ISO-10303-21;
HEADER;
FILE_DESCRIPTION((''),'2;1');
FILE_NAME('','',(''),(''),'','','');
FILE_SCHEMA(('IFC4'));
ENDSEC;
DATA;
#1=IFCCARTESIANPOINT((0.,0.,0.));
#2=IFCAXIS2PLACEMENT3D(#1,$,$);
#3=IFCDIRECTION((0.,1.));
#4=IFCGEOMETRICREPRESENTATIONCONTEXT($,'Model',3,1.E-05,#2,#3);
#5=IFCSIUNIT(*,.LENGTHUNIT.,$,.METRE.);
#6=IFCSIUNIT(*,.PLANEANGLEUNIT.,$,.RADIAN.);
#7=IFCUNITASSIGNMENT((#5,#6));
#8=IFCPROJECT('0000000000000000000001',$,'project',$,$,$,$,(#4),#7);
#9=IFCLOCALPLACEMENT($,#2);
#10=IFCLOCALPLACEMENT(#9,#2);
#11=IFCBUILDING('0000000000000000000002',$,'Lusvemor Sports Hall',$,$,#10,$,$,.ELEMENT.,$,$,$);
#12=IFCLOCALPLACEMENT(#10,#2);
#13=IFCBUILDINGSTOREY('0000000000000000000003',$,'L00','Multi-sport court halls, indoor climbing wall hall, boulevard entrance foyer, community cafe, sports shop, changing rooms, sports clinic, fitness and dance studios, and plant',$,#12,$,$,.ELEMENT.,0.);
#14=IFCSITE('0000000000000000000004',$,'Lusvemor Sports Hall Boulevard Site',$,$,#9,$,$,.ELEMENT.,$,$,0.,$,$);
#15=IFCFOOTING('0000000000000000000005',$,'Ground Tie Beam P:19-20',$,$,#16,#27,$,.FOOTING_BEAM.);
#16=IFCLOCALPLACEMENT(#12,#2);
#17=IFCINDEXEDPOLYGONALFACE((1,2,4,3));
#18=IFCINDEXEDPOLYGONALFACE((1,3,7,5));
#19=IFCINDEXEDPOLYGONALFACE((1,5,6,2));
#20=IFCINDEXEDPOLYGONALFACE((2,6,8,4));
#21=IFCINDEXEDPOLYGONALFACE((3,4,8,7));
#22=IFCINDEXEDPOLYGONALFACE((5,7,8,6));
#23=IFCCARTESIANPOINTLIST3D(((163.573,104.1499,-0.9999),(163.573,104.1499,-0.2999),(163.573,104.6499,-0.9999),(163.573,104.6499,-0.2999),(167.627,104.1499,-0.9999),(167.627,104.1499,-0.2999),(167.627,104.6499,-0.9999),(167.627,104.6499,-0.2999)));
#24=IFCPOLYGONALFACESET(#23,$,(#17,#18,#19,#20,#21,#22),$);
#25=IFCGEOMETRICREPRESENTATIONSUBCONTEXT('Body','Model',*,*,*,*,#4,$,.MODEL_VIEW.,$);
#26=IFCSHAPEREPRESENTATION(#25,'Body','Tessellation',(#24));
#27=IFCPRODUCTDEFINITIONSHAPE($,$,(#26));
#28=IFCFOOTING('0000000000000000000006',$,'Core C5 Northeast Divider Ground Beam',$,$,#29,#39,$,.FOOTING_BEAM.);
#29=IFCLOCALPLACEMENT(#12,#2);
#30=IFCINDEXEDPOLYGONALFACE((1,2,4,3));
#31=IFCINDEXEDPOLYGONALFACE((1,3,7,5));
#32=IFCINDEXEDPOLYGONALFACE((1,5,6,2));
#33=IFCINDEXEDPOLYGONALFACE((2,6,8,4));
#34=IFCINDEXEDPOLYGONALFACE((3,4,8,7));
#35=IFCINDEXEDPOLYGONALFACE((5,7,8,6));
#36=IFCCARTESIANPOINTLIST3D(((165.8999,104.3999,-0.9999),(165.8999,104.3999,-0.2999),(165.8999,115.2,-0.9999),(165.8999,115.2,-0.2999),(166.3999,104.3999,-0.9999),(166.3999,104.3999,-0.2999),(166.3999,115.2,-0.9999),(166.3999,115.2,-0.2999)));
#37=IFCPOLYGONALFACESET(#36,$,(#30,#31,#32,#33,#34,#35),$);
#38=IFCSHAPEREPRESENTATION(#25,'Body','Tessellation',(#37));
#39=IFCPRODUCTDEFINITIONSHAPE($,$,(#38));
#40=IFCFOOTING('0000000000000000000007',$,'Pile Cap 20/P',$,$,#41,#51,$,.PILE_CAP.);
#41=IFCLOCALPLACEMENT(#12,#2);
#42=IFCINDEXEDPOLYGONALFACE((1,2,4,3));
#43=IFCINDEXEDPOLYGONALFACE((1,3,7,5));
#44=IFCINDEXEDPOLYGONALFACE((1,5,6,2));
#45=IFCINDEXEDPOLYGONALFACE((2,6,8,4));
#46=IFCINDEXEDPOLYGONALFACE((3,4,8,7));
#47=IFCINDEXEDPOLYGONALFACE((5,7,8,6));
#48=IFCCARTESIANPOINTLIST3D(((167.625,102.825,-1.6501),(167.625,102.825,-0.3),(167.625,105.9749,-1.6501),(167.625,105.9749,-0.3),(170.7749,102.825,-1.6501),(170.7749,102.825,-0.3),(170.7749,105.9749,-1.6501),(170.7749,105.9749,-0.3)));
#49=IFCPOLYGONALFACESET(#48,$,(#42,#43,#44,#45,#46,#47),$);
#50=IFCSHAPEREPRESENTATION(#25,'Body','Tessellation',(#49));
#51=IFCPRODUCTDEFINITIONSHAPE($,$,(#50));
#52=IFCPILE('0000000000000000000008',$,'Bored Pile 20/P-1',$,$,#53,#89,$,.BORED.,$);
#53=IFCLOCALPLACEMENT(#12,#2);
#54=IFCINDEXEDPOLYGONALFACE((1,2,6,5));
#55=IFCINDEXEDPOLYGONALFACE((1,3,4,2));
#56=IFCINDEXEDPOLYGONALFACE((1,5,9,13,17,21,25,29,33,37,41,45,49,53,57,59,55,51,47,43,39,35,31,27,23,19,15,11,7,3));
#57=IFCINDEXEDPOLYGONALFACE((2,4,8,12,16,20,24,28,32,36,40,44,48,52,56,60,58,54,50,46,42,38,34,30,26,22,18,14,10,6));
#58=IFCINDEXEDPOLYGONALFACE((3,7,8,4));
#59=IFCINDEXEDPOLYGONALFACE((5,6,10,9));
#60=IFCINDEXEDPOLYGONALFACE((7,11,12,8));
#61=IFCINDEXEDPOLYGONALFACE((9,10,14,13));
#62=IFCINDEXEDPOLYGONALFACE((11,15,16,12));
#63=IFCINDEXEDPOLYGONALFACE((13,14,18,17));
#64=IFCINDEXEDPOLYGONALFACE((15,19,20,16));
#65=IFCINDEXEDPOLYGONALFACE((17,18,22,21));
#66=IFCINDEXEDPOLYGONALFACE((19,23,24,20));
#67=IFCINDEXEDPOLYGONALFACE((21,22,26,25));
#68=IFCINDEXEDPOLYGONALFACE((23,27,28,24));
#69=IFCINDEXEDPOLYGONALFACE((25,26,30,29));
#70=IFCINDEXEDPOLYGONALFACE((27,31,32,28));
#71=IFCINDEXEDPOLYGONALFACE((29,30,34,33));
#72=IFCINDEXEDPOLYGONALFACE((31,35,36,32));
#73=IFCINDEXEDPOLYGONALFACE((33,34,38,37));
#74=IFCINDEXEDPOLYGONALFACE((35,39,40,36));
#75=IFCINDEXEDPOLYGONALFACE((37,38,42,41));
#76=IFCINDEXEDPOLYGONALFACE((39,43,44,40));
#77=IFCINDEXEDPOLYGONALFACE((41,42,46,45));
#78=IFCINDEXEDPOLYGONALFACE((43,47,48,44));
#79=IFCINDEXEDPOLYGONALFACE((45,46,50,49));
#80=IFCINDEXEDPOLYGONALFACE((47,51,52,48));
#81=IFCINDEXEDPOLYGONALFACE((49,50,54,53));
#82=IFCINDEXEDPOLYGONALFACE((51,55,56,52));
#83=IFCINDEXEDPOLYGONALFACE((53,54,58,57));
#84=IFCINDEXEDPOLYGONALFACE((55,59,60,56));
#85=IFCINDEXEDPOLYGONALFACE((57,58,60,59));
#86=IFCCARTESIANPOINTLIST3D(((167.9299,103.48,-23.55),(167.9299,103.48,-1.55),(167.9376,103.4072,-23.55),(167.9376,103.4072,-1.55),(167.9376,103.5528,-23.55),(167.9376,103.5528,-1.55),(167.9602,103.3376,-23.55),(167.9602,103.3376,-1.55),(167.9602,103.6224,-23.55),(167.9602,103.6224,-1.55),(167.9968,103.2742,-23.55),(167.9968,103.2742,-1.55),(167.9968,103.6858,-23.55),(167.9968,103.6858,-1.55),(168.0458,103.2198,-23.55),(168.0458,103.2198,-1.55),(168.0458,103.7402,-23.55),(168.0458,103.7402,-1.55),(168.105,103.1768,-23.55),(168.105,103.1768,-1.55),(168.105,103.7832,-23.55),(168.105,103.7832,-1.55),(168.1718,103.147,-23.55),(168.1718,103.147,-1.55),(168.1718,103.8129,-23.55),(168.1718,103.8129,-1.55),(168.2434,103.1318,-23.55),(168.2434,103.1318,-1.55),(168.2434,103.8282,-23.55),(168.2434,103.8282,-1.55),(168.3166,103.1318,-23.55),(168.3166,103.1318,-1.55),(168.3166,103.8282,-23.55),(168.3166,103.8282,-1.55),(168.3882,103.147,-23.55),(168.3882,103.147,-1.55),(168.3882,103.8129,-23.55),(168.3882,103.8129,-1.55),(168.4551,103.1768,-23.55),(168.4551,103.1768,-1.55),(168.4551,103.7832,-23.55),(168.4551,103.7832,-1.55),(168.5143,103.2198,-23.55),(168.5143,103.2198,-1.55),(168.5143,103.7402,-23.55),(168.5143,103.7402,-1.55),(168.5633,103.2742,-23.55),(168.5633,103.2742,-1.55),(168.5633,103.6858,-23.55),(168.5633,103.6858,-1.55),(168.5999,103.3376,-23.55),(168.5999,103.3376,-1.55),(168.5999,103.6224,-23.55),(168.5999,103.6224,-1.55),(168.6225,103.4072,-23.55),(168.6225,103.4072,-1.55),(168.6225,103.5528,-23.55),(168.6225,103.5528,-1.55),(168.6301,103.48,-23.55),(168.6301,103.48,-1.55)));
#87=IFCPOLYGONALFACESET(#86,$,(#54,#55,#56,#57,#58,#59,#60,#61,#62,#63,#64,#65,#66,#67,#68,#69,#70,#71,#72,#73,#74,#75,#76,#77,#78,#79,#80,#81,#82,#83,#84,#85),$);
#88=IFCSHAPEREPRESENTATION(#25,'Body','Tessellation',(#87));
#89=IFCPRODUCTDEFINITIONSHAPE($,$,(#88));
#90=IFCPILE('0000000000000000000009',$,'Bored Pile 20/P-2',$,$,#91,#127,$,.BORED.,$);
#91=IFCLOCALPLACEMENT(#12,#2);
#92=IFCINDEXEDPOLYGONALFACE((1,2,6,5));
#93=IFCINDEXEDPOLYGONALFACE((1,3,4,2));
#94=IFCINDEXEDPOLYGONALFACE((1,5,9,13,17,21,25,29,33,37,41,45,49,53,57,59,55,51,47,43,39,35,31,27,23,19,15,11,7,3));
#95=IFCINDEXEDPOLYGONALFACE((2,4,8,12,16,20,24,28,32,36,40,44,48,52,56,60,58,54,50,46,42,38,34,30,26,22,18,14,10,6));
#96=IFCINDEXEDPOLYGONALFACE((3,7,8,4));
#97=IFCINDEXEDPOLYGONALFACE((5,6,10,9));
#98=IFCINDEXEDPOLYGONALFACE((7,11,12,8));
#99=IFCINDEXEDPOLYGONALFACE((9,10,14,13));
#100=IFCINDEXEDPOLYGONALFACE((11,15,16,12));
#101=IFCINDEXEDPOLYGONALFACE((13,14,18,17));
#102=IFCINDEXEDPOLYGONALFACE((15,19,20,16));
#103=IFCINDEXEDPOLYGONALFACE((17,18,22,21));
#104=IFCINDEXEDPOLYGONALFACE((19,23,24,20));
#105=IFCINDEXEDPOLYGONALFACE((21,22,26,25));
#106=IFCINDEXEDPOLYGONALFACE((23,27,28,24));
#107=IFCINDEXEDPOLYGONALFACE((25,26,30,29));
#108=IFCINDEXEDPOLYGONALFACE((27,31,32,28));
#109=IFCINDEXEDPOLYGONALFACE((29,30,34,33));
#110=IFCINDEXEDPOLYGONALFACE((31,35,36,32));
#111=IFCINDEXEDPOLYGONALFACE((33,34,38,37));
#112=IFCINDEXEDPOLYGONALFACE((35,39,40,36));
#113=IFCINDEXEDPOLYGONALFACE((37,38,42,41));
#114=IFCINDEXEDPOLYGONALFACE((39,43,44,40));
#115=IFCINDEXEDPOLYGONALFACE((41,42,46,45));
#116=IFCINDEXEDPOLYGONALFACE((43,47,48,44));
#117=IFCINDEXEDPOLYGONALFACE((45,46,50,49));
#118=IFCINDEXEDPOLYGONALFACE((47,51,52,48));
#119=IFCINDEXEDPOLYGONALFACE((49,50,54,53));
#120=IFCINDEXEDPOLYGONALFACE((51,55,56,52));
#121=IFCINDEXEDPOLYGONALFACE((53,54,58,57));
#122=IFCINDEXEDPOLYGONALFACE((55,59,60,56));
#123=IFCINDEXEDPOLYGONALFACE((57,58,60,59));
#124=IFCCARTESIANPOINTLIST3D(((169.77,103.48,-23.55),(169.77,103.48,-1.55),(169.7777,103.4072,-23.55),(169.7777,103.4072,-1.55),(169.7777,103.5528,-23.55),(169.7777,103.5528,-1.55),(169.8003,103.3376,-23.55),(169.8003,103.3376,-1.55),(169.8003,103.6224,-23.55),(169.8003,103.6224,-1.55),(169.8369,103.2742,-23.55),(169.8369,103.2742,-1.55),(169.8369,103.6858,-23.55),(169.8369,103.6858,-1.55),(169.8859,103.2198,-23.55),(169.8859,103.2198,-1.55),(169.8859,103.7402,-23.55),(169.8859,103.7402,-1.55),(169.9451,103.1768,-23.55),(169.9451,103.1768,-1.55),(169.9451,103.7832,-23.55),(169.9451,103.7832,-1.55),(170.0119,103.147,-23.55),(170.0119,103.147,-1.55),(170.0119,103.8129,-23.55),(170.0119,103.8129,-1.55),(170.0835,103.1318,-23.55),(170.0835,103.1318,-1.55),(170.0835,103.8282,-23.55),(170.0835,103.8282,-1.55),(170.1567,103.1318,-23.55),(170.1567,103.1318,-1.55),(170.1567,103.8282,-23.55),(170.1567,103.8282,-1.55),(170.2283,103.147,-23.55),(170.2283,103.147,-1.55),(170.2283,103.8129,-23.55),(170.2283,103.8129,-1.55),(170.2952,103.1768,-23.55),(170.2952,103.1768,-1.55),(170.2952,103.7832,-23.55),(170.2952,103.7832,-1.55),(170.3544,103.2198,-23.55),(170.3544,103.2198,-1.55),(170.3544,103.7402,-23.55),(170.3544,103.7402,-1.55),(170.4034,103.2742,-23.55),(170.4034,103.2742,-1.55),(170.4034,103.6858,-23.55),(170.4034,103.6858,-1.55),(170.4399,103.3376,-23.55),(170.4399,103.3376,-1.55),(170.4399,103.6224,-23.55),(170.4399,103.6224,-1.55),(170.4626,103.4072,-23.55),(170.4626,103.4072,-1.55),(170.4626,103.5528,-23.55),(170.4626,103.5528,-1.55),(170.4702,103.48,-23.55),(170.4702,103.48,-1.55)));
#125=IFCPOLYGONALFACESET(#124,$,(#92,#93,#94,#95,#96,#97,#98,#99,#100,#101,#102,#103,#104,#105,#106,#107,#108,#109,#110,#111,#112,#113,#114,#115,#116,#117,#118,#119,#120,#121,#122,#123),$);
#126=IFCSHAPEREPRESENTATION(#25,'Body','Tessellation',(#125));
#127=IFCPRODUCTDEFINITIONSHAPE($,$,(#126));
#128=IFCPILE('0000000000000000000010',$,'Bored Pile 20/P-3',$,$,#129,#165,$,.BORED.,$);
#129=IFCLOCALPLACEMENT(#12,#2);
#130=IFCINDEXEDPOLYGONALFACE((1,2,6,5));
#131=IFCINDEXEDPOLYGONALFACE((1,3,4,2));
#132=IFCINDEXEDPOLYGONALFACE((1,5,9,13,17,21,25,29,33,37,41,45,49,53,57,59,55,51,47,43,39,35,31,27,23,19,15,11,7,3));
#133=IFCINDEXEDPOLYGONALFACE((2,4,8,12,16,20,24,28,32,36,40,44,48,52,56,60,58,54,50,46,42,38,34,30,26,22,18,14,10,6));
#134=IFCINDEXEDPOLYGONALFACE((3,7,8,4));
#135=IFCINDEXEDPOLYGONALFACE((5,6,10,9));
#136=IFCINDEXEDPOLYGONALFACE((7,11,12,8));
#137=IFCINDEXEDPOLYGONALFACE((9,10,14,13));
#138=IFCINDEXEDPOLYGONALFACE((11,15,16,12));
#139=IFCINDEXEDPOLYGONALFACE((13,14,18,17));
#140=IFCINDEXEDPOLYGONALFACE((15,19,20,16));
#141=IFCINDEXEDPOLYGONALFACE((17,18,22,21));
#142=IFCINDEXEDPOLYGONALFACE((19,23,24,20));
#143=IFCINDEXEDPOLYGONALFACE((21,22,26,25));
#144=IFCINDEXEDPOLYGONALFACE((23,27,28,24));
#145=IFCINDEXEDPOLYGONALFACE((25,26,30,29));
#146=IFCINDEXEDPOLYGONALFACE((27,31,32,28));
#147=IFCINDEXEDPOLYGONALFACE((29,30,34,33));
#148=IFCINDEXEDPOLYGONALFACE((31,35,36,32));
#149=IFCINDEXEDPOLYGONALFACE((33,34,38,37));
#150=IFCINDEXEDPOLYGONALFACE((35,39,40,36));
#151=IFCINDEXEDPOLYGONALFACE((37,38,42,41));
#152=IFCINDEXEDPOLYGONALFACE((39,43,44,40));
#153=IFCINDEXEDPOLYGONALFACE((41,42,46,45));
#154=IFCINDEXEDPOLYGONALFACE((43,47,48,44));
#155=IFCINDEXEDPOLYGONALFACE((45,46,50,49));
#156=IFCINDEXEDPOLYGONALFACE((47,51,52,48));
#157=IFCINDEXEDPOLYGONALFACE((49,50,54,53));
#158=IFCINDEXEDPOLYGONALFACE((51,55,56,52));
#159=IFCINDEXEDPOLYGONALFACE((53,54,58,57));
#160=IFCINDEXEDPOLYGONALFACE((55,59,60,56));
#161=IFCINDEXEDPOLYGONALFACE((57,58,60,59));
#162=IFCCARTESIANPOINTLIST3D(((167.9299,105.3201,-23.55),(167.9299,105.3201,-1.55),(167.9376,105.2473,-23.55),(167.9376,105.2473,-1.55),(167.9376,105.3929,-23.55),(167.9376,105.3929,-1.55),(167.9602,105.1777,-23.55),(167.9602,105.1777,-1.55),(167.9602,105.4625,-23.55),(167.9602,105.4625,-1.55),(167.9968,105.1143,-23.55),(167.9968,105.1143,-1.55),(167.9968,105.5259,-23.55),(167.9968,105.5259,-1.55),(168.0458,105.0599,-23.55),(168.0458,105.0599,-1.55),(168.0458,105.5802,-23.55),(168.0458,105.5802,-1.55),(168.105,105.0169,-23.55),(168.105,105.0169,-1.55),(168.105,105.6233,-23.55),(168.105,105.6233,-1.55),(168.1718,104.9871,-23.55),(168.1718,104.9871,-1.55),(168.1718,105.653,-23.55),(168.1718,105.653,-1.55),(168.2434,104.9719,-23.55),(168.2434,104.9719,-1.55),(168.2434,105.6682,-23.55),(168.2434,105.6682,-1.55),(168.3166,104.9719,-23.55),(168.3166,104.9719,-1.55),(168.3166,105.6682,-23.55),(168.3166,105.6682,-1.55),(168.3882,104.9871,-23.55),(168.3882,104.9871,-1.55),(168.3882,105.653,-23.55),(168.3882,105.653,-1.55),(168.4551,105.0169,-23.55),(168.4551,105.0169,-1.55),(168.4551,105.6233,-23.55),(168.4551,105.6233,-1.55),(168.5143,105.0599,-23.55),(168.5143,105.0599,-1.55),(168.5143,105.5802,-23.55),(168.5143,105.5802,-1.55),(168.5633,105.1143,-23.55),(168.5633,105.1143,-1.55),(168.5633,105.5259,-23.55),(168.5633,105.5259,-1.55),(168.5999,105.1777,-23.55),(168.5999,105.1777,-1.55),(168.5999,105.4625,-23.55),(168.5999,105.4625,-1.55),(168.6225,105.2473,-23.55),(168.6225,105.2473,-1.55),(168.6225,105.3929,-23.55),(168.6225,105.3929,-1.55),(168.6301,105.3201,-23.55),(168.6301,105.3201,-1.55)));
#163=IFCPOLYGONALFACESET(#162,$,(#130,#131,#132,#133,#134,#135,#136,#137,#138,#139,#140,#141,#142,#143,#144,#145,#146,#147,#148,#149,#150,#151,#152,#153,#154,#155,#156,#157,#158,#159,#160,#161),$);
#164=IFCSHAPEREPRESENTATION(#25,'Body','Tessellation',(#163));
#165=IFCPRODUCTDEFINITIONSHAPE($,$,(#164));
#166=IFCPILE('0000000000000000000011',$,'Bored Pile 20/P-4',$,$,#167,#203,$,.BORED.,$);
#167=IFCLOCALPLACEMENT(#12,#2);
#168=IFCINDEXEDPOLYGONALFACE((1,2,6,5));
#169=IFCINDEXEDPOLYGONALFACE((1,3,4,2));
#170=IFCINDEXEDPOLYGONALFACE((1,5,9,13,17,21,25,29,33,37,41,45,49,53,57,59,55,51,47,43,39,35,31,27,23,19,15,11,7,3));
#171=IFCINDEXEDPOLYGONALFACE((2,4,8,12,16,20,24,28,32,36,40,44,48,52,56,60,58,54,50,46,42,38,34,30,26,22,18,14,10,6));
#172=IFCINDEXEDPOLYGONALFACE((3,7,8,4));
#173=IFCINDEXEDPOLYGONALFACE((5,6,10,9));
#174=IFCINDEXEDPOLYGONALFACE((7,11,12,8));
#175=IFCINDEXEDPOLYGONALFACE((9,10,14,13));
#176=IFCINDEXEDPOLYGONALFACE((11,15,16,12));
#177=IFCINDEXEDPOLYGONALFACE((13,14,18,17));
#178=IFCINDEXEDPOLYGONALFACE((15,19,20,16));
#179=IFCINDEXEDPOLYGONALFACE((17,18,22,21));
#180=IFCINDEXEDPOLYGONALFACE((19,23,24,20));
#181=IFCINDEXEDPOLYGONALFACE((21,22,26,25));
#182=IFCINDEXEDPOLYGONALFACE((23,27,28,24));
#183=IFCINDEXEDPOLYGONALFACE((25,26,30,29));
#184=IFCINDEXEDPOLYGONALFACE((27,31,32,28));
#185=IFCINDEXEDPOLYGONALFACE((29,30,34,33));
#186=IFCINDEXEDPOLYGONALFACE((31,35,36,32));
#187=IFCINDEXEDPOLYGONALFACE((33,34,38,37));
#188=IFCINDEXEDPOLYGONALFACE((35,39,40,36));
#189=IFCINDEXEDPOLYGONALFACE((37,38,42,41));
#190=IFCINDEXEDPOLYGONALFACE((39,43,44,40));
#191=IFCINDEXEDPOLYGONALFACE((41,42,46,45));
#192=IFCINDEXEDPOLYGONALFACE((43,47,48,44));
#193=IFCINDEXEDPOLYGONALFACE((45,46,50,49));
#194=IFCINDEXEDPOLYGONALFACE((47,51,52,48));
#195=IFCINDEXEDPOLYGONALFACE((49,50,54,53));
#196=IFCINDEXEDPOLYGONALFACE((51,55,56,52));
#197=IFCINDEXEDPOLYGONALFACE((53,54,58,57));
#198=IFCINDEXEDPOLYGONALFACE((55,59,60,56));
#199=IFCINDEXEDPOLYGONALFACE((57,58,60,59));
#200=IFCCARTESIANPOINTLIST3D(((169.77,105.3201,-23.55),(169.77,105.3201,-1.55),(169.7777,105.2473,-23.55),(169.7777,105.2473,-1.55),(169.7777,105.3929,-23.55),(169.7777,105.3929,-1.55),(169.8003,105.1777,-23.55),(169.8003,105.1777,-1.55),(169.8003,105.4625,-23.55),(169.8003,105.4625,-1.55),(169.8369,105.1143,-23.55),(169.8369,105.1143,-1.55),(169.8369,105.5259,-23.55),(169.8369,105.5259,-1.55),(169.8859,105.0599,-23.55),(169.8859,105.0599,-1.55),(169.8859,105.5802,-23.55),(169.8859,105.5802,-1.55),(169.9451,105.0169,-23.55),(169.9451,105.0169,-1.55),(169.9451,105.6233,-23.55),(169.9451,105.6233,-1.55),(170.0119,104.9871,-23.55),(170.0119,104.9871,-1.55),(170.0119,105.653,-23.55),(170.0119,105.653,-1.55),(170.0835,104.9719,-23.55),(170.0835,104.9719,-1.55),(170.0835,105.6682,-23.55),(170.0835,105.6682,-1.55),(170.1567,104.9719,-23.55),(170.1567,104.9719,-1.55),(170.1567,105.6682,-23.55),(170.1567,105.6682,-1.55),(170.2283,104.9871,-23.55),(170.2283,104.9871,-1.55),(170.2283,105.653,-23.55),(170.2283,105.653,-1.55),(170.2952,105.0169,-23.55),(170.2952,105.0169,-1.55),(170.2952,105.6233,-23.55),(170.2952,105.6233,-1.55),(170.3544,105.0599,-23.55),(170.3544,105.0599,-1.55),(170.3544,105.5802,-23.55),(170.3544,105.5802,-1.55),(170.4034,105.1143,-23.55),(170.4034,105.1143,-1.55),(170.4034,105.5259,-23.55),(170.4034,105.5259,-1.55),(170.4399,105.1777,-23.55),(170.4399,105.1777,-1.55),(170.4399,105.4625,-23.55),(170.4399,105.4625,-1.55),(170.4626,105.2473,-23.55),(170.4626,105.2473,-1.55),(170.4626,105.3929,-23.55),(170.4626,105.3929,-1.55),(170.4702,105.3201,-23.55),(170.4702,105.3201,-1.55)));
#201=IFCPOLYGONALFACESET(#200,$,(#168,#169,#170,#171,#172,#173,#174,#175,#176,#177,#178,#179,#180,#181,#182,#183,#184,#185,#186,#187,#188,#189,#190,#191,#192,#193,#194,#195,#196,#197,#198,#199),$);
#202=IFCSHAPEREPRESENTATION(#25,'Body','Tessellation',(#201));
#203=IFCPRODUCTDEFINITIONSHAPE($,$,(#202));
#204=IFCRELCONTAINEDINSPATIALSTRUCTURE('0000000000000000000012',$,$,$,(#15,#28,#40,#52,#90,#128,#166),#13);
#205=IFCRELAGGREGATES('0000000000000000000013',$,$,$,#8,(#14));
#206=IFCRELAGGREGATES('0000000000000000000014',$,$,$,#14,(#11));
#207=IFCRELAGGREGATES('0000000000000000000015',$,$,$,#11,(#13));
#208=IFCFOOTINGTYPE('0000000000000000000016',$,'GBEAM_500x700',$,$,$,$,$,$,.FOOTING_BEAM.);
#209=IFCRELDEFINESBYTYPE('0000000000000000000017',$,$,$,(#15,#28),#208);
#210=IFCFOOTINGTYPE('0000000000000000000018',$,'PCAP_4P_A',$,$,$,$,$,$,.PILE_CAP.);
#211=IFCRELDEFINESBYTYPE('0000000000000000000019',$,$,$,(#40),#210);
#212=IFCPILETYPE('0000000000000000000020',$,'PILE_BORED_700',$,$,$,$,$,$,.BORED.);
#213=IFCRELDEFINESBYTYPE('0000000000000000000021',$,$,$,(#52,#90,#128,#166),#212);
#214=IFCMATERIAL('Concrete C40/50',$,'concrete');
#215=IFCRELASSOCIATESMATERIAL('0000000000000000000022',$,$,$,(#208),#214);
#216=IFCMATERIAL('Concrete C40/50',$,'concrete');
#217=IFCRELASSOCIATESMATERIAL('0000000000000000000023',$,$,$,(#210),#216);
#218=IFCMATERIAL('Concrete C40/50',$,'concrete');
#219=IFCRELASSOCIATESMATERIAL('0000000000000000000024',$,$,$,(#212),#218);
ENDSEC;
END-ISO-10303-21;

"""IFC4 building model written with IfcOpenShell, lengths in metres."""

from ifc_helpers import new_model, si_unit, direction, frame, origin, origin_2d, place, context, subcontext, project, spatial, rectangle, circle, extrude, material, material_profile, profile_set, type_object, element, save


model = new_model("IFC4")

# Units and contexts
model_context = context("Model", 3, precision=1e-05, world=origin(), true_north=direction((0.0, 1.0)))
body_context = subcontext(model_context, "Body", "Model", "MODEL_VIEW")
ifc_project = project(units=[si_unit("LENGTHUNIT", "METRE"), si_unit("PLANEANGLEUNIT", "RADIAN")], contexts=[model_context])

# Site, building, storey
site_placement = place(None, origin())
site = spatial("IfcSite", under=ifc_project, at=site_placement, Name="Lusvemor Sports Hall Boulevard Site", CompositionType="ELEMENT", RefElevation=0.0)
building_placement = place(site_placement, origin())
building = spatial("IfcBuilding", under=site, at=building_placement, Name="Lusvemor Sports Hall", CompositionType="ELEMENT")
storey_placement = place(building_placement, origin())
storey = spatial("IfcBuildingStorey", under=building, at=storey_placement, Name="L00", Description="Multi-sport court halls, indoor climbing wall hall, boulevard entrance foyer, community cafe, sports shop, changing rooms, sports clinic, fitness and dance studios, and plant", CompositionType="ELEMENT", Elevation=0.0)

# Footings
ifc_material_1 = material(Name="Concrete C40/50", Category="concrete")
ifc_material_profile_1 = material_profile(ifc_material_1, rectangle(XDim=0.5, YDim=0.7, at=origin_2d()), Name="GB_500x700")
ifc_profile_set_1 = profile_set([ifc_material_profile_1], Name="Concrete C40/50")
footing_type_1 = type_object("IfcFootingType", Name="GBEAM_500x700", PredefinedType="FOOTING_BEAM", material=ifc_profile_set_1)
footing_1_placement = place(storey_placement, frame((163.573, 104.3999, -0.6499), z_axis=(1.0, 0.0, 0.0), x_axis=(0.0, 1.0, 0.0)))
element("IfcFooting", 1, at=footing_1_placement, inside=storey, type_object=footing_type_1, Name="Ground Tie Beam P:19-20", PredefinedType="FOOTING_BEAM", context=body_context, shape_type="SweptSolid", body=[
    extrude(rectangle(XDim=0.5, YDim=0.7, at=origin_2d()), origin(), (0.0, 0.0, 1.0), 4.054),
])
footing_2_placement = place(storey_placement, frame((166.1499, 104.3999, -0.6499), z_axis=(0.0, 1.0, 0.0), x_axis=(-1.0, 0.0, 0.0)))
element("IfcFooting", 2, at=footing_2_placement, inside=storey, type_object=footing_type_1, Name="Core C5 Northeast Divider Ground Beam", PredefinedType="FOOTING_BEAM", context=body_context, shape_type="SweptSolid", body=[
    extrude(rectangle(XDim=0.5, YDim=0.7, at=origin_2d()), origin(), (0.0, 0.0, 1.0), 10.8),
])
ifc_material_2 = material(Name="Concrete C40/50", Category="concrete")
footing_type_2 = type_object("IfcFootingType", Name="PCAP_4P_A", PredefinedType="PILE_CAP", material=ifc_material_2)
footing_3_placement = place(storey_placement, frame((169.2, 104.3999, -1.6501), z_axis=(0.0, 0.0, 1.0), x_axis=(1.0, 0.0, 0.0)))
element("IfcFooting", 3, at=footing_3_placement, inside=storey, type_object=footing_type_2, Name="Pile Cap 20/P", PredefinedType="PILE_CAP", context=body_context, shape_type="SweptSolid", body=[
    extrude(rectangle(XDim=3.1499, YDim=3.1499, at=origin_2d()), origin(), (0.0, 0.0, 1.0), 1.3501),
])

# Piles
ifc_material_3 = material(Name="Concrete C40/50", Category="concrete")
ifc_material_profile_2 = material_profile(ifc_material_3, circle(Radius=0.3501, at=origin_2d()), Name="PILE700")
ifc_profile_set_2 = profile_set([ifc_material_profile_2], Name="Concrete C40/50")
pile_type = type_object("IfcPileType", Name="PILE_BORED_700", PredefinedType="BORED", material=ifc_profile_set_2)
for number, where, z_axis, x_axis, name in (
    (4, (168.28, 103.48, -1.55), (0.0, 0.0, -1.0), (1.0, 0.0, 0.0), "Bored Pile 20/P-1"),
    (5, (170.1201, 103.48, -1.55), (0.0, 0.0, -1.0), (1.0, 0.0, 0.0), "Bored Pile 20/P-2"),
    (6, (168.28, 105.3201, -1.55), (0.0, 0.0, -1.0), (1.0, 0.0, 0.0), "Bored Pile 20/P-3"),
    (7, (170.1201, 105.3201, -1.55), (0.0, 0.0, -1.0), (1.0, 0.0, 0.0), "Bored Pile 20/P-4"),
):
    element("IfcPile", number, at=place(storey_placement, frame(where, z_axis=z_axis, x_axis=x_axis)), inside=storey, type_object=pile_type, Name=name, PredefinedType="BORED", context=body_context, shape_type="SweptSolid", body=[
        extrude(circle(Radius=0.3501, at=origin_2d()), origin(), (0.0, 0.0, 1.0), 22.0),
    ])

save(model, "model.ifc")
